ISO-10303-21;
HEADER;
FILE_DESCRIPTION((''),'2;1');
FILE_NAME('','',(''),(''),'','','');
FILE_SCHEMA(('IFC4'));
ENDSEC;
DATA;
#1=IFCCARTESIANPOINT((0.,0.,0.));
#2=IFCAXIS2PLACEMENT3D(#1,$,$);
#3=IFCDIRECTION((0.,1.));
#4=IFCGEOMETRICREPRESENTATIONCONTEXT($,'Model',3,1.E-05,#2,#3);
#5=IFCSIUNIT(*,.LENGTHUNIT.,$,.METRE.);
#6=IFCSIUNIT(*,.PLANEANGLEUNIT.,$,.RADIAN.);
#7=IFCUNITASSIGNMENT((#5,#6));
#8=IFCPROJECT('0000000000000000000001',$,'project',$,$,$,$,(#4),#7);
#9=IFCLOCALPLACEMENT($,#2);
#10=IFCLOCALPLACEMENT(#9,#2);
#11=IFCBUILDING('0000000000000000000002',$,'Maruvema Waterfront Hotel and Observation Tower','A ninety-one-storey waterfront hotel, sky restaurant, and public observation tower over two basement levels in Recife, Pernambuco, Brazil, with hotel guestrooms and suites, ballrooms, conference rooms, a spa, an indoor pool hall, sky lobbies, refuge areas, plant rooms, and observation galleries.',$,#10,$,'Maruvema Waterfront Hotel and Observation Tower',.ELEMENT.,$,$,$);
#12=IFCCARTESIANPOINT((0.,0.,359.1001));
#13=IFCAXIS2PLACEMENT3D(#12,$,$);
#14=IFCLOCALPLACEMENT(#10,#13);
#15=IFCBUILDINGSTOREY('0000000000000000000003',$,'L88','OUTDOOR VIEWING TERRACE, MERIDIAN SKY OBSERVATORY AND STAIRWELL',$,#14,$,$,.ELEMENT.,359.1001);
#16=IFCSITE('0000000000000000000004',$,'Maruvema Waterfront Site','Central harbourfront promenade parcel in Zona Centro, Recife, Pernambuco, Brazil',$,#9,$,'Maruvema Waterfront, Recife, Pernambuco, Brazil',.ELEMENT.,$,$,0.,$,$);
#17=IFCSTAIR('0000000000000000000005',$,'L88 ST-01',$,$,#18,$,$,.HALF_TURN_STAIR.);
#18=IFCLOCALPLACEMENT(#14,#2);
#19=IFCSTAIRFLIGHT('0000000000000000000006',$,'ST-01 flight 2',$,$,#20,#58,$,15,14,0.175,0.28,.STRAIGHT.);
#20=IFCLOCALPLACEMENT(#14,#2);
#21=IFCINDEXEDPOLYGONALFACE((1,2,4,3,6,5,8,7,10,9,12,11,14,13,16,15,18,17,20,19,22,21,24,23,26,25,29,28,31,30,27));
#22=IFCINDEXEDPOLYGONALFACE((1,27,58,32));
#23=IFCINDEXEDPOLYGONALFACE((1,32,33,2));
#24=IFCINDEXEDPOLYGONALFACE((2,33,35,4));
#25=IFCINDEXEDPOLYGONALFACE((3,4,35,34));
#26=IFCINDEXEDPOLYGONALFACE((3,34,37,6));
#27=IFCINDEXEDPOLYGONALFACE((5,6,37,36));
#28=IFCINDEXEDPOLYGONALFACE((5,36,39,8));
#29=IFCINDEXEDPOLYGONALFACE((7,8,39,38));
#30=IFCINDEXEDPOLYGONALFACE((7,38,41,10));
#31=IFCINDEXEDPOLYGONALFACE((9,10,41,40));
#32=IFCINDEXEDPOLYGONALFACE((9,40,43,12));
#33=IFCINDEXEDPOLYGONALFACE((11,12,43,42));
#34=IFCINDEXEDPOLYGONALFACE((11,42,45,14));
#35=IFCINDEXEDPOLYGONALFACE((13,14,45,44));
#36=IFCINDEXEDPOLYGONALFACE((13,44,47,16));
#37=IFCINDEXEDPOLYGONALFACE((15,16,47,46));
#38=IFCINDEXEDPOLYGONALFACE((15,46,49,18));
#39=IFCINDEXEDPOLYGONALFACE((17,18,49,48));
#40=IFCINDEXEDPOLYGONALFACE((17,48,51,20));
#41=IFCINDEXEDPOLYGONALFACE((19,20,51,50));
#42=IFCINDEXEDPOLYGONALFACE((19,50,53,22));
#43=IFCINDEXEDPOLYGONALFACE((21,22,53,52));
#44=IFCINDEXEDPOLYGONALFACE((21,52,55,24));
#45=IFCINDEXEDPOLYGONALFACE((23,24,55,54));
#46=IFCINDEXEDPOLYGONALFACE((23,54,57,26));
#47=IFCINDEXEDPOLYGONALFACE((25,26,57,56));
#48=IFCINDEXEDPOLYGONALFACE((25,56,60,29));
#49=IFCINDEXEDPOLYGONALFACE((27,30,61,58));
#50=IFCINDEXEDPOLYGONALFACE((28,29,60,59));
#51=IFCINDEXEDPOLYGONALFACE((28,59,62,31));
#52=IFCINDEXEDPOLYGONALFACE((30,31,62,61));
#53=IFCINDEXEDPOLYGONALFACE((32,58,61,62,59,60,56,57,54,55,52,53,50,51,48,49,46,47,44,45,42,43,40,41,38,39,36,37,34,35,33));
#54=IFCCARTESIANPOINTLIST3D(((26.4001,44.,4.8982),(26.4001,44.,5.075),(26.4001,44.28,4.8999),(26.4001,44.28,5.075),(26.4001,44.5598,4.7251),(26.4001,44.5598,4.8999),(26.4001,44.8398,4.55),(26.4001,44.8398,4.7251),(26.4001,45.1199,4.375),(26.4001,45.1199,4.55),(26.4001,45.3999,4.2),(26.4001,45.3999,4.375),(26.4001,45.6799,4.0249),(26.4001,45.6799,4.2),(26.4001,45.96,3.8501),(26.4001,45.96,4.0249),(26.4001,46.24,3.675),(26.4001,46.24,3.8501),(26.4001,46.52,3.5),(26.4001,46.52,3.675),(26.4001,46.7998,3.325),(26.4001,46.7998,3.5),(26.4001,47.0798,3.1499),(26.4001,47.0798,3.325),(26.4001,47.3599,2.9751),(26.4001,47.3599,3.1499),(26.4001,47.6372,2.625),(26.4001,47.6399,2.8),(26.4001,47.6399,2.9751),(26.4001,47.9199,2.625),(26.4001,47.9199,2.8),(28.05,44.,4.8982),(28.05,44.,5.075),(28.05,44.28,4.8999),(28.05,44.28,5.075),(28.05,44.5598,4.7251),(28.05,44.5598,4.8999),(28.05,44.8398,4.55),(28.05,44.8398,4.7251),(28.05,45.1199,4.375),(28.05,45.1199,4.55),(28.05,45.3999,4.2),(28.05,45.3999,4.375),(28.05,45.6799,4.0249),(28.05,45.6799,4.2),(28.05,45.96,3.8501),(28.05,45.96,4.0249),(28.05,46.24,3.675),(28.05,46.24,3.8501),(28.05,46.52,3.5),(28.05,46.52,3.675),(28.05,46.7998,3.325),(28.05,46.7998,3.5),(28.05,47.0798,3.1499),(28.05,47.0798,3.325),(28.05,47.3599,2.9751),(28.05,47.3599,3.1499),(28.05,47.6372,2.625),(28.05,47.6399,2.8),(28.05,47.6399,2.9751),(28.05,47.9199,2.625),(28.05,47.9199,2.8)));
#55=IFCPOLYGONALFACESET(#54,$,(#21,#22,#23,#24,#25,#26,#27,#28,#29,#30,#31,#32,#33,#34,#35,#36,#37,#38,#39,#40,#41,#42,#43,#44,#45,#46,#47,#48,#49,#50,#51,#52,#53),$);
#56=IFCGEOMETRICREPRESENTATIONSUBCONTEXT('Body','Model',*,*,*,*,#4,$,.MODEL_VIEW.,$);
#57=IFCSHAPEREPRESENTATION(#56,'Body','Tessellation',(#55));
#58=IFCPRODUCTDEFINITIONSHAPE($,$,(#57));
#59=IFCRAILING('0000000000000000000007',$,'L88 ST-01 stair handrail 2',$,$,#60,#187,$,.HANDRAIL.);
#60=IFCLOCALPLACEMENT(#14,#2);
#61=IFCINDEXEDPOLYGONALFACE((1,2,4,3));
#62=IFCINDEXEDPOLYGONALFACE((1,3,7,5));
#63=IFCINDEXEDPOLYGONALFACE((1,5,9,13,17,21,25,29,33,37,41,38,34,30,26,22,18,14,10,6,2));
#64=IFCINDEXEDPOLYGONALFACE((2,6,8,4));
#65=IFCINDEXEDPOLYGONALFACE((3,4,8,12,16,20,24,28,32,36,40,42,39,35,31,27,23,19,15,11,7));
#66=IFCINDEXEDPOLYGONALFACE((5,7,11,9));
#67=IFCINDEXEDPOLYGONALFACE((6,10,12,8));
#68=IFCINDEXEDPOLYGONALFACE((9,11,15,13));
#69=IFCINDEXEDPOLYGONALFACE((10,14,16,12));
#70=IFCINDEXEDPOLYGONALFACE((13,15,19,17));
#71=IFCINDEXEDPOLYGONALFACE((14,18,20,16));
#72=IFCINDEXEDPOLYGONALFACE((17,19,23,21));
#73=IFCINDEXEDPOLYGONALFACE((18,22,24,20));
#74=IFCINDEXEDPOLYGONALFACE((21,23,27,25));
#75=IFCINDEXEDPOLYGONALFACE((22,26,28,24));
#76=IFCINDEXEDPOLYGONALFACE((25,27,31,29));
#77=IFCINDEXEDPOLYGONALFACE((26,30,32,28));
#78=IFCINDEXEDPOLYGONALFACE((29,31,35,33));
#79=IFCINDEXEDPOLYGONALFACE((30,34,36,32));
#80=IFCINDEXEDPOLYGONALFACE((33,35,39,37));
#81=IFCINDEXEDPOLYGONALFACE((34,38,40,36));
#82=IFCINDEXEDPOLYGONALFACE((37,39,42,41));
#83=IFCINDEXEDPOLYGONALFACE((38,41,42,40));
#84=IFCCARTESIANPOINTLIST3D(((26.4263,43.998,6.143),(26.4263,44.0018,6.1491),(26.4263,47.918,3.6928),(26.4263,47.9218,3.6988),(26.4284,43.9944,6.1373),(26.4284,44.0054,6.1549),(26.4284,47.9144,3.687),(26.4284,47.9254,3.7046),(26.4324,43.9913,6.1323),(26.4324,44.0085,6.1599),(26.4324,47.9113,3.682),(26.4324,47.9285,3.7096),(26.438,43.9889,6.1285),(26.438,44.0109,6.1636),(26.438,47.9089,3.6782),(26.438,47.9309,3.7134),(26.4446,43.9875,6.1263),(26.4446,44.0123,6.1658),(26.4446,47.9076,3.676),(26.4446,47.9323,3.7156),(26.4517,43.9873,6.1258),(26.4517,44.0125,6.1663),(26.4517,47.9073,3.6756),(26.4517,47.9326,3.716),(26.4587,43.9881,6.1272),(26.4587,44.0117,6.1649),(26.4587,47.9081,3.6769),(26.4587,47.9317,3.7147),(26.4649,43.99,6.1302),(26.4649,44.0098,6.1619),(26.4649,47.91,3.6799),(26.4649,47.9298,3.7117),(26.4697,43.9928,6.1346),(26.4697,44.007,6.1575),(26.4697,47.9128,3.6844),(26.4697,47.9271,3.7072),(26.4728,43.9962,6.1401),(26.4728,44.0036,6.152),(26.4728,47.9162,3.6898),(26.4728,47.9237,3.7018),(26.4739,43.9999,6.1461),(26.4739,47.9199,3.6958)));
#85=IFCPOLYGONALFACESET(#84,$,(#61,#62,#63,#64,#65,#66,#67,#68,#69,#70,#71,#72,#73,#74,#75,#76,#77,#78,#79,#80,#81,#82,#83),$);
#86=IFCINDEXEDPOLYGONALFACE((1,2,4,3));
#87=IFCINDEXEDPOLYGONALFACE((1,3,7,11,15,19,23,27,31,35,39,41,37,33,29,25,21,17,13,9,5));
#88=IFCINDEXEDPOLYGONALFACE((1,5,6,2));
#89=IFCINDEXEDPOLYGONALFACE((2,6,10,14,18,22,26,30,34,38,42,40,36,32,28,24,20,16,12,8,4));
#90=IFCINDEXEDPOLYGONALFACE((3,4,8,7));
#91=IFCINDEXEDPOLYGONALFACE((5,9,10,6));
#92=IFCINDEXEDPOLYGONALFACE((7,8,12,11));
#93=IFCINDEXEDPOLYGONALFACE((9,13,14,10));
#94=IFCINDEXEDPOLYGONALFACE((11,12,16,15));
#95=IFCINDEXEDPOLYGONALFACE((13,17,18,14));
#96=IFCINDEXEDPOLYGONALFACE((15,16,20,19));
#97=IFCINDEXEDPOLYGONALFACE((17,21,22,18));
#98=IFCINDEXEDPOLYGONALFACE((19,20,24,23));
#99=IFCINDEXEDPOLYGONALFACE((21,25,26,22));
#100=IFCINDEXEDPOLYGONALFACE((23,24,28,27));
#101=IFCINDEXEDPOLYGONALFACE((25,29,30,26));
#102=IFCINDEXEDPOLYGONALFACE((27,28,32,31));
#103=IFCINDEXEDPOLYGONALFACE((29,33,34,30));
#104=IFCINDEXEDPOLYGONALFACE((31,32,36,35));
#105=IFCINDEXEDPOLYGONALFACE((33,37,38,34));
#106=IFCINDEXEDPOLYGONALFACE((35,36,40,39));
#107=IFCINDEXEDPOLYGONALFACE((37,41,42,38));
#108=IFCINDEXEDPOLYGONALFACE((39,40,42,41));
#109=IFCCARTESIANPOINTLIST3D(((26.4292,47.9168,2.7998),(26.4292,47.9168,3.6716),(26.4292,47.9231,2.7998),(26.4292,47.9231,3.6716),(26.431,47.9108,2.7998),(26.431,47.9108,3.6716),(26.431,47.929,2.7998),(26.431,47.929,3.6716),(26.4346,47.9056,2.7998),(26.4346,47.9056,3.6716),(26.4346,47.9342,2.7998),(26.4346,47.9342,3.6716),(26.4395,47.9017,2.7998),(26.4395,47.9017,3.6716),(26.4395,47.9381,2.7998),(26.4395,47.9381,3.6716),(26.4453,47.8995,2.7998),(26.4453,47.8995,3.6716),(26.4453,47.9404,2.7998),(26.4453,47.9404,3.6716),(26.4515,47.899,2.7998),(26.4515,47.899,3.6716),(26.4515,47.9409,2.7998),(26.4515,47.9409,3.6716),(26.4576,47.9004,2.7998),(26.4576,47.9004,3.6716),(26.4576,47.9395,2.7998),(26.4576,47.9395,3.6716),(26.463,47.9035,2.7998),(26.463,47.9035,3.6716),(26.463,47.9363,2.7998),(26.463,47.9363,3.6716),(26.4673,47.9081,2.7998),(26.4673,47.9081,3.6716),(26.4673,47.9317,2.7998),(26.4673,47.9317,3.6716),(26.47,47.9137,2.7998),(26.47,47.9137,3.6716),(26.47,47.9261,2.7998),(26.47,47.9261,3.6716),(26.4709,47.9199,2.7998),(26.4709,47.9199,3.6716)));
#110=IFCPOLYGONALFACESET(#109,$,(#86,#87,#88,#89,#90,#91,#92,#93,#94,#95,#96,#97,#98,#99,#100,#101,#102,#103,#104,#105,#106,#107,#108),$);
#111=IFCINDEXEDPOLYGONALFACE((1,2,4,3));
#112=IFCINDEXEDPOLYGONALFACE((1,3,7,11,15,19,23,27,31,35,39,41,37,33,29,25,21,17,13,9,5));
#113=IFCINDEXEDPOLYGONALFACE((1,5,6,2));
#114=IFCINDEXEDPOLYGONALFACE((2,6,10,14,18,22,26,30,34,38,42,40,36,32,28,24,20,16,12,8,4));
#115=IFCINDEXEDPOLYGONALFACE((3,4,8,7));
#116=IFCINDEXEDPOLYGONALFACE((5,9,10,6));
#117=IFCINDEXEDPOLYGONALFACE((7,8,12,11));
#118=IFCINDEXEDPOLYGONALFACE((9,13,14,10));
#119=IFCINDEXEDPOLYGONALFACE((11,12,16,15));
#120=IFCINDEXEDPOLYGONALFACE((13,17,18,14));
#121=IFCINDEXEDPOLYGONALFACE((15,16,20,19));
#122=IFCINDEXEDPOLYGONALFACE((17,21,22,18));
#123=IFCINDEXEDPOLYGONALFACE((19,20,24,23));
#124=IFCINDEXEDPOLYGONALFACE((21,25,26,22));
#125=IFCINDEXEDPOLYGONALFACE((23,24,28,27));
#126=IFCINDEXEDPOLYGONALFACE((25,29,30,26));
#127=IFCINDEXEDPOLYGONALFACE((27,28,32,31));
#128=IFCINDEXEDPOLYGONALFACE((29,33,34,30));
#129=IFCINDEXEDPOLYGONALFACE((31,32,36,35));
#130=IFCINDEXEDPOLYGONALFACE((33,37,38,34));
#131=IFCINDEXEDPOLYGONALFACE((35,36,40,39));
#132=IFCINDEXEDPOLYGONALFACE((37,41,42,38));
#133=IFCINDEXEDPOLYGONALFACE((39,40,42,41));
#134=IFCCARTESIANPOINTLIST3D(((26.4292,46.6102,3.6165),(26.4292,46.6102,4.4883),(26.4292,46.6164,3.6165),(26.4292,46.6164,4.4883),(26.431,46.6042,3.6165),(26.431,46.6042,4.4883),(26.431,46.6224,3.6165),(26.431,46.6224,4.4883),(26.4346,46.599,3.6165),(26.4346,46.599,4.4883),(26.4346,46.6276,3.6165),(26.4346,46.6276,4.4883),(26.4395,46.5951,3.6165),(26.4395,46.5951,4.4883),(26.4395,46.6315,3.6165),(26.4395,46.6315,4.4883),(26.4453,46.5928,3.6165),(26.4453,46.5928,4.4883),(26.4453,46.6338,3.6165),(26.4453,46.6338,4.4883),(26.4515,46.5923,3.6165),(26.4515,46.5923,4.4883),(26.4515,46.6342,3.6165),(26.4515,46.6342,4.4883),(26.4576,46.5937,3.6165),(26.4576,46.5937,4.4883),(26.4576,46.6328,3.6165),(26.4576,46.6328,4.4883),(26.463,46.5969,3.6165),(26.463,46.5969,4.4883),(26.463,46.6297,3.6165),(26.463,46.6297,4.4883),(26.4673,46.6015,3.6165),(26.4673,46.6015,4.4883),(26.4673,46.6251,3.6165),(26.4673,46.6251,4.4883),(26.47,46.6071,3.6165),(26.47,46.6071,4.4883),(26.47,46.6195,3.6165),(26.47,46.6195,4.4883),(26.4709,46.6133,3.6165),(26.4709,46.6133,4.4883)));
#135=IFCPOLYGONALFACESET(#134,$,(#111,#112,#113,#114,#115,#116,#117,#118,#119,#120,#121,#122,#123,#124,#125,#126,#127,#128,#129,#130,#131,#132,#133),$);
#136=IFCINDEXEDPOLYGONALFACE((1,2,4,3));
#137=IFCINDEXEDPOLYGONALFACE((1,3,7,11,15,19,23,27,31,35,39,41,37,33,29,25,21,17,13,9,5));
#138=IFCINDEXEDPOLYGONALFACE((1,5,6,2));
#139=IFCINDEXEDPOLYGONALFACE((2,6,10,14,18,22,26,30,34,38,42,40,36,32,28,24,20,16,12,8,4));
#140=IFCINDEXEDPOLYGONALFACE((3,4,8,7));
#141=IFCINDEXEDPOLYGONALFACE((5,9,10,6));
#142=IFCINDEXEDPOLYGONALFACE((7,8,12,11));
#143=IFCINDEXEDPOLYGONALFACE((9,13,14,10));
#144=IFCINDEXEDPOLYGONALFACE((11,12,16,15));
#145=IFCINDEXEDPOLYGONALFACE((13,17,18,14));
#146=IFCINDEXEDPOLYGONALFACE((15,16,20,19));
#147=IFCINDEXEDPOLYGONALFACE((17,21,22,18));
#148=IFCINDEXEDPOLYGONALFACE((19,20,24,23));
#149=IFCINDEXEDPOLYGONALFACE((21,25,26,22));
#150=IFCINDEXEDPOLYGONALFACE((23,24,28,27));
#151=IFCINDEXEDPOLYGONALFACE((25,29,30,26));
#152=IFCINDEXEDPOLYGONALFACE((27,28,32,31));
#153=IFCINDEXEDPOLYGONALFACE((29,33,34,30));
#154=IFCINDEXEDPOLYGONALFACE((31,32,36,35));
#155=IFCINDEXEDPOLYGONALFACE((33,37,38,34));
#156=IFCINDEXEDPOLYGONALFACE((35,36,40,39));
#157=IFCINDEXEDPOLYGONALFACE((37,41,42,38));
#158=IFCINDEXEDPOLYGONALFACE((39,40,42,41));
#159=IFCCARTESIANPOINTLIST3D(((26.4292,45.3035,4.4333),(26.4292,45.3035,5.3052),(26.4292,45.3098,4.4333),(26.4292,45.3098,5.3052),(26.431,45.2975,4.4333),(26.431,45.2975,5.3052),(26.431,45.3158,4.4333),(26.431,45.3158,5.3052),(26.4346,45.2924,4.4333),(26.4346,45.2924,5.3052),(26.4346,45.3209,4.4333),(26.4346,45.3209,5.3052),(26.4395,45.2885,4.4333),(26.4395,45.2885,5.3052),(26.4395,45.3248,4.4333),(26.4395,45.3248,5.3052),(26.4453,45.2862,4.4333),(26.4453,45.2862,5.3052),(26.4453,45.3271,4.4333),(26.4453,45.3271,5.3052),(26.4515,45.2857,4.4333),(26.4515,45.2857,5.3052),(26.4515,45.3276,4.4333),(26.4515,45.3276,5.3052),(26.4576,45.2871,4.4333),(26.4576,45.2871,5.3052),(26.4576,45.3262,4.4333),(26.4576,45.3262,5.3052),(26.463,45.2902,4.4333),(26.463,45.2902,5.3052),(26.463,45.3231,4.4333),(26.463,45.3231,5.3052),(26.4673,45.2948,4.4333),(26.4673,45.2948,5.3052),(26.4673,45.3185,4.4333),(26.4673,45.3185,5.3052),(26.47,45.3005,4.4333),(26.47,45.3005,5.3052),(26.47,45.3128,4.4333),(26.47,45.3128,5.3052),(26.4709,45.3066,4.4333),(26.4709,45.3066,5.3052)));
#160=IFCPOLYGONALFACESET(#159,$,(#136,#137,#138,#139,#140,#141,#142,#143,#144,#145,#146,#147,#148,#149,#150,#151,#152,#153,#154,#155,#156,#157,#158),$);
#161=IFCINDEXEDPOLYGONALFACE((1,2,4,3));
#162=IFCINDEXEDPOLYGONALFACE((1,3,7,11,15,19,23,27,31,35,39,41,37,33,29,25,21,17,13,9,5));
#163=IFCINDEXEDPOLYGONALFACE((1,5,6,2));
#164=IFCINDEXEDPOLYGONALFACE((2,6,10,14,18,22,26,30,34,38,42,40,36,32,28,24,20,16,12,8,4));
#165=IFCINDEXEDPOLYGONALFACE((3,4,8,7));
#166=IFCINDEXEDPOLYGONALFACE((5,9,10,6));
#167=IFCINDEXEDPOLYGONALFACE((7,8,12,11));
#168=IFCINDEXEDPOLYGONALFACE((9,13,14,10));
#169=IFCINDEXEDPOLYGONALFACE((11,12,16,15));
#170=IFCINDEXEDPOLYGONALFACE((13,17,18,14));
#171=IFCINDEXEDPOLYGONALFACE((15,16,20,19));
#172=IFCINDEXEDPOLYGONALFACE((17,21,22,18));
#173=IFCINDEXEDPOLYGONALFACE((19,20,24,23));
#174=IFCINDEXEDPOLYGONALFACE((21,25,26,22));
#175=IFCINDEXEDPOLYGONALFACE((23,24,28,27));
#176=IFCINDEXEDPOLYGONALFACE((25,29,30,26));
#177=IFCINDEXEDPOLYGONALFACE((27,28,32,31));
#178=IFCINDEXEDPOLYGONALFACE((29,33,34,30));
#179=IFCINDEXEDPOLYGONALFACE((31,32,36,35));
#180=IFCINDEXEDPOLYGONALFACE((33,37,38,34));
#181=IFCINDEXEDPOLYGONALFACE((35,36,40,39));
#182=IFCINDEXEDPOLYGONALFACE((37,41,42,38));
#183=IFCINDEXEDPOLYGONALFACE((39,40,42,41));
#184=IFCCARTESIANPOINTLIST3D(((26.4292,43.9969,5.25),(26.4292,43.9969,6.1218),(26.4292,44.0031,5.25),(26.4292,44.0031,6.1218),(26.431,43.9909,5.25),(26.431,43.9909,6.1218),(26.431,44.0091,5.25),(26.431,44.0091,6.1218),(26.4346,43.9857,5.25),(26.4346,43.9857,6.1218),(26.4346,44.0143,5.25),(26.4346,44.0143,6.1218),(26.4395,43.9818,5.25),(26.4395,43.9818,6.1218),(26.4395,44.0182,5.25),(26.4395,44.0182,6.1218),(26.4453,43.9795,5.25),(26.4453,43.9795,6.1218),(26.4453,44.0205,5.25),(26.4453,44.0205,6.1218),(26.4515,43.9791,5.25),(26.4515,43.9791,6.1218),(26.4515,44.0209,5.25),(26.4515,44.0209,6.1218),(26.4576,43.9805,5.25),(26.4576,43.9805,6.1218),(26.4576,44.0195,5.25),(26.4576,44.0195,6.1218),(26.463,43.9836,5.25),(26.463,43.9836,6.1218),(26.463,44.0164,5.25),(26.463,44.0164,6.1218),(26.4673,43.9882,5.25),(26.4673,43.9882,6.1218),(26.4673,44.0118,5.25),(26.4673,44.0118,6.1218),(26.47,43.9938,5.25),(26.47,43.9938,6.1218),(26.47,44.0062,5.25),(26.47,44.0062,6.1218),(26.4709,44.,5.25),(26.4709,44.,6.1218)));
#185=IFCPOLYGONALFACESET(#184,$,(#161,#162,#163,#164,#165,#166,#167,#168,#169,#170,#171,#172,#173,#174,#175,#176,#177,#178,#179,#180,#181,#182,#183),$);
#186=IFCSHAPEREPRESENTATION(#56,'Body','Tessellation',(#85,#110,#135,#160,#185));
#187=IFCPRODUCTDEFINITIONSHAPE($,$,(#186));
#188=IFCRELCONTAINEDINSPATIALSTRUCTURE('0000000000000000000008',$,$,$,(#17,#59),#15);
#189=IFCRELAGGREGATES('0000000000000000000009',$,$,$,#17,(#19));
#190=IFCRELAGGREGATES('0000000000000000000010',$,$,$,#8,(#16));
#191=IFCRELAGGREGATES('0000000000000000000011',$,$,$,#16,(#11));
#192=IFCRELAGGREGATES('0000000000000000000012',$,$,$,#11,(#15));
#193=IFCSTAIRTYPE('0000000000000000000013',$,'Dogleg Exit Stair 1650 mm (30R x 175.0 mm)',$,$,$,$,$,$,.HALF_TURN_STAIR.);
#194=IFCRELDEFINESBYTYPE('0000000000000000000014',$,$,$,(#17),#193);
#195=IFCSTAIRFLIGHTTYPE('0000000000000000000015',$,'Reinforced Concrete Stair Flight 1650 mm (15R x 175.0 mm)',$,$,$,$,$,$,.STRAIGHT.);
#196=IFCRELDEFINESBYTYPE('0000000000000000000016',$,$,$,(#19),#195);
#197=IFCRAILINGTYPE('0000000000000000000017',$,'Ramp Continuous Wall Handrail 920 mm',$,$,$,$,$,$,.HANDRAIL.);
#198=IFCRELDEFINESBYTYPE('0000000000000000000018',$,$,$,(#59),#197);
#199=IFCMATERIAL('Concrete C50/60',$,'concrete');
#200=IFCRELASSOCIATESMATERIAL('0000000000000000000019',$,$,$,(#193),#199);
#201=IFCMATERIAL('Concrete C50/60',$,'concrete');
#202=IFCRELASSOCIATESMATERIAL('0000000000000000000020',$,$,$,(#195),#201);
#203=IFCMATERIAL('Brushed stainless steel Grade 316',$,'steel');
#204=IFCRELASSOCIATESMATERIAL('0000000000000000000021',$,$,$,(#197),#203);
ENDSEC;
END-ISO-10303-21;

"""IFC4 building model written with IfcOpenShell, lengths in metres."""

from ifc_helpers import new_model, si_unit, direction, frame, origin, origin_2d, place, context, subcontext, project, spatial, polyline, circle, outline, extrude, material, type_object, element, aggregate, save


model = new_model("IFC4")

# Units and contexts
model_context = context("Model", 3, precision=1e-05, world=origin(), true_north=direction((0.0, 1.0)))
body_context = subcontext(model_context, "Body", "Model", "MODEL_VIEW")
ifc_project = project(units=[si_unit("LENGTHUNIT", "METRE"), si_unit("PLANEANGLEUNIT", "RADIAN")], contexts=[model_context])

# Site, building, storey
site_placement = place(None, origin())
site = spatial("IfcSite", under=ifc_project, at=site_placement, Name="Maruvema Waterfront Site", Description="Central harbourfront promenade parcel in Zona Centro, Recife, Pernambuco, Brazil", LongName="Maruvema Waterfront, Recife, Pernambuco, Brazil", CompositionType="ELEMENT", RefElevation=0.0)
building_placement = place(site_placement, origin())
building = spatial("IfcBuilding", under=site, at=building_placement, Name="Maruvema Waterfront Hotel and Observation Tower", Description="A ninety-one-storey waterfront hotel, sky restaurant, and public observation tower over two basement levels in Recife, Pernambuco, Brazil, with hotel guestrooms and suites, ballrooms, conference rooms, a spa, an indoor pool hall, sky lobbies, refuge areas, plant rooms, and observation galleries.", LongName="Maruvema Waterfront Hotel and Observation Tower", CompositionType="ELEMENT")
storey_placement = place(building_placement, frame((0.0, 0.0, 359.1001)))
storey = spatial("IfcBuildingStorey", under=building, at=storey_placement, Name="L88", Description="OUTDOOR VIEWING TERRACE, MERIDIAN SKY OBSERVATORY AND STAIRWELL", CompositionType="ELEMENT", Elevation=359.1001)

# Stair, stair flight
ifc_material_1 = material(Name="Concrete C50/60", Category="concrete")
stair_type = type_object("IfcStairType", Name="Dogleg Exit Stair 1650 mm (30R x 175.0 mm)", PredefinedType="HALF_TURN_STAIR", material=ifc_material_1)
stair_placement = place(storey_placement, origin())
stair = element("IfcStair", 1, at=stair_placement, inside=storey, type_object=stair_type, Name="L88 ST-01", PredefinedType="HALF_TURN_STAIR")
ifc_material_2 = material(Name="Concrete C50/60", Category="concrete")
stair_flight_type = type_object("IfcStairFlightType", Name="Reinforced Concrete Stair Flight 1650 mm (15R x 175.0 mm)", PredefinedType="STRAIGHT", material=ifc_material_2)
stair_flight_placement = place(storey_placement, frame((27.2251, 47.9199, 2.625), z_axis=(0.0, 0.0, 1.0), x_axis=(0.0, -1.0, 0.0)))
stair_flight = element("IfcStairFlight", 2, at=stair_flight_placement, type_object=stair_flight_type, Name="ST-01 flight 2", NumberOfRisers=15, NumberOfTreads=14, PredefinedType="STRAIGHT", RiserHeight=0.175, TreadLength=0.28, context=body_context, shape_type="SweptSolid", body=[
    extrude(outline(polyline([(0.0, 0.0), (0.0, 0.175), (0.28, 0.175), (0.28, 0.3501), (0.5601, 0.3501), (0.5601, 0.5249), (0.8401, 0.5249), (0.8401, 0.7), (1.1201, 0.7), (1.1201, 0.875), (1.3999, 0.875), (1.3999, 1.05), (1.6799, 1.05), (1.6799, 1.2251), (1.96, 1.2251), (1.96, 1.3999), (2.24, 1.3999), (2.24, 1.575), (2.52, 1.575), (2.52, 1.75), (2.8, 1.75), (2.8, 1.925), (3.0801, 1.925), (3.0801, 2.1001), (3.3601, 2.1001), (3.3601, 2.2749), (3.6399, 2.2749), (3.6399, 2.45), (3.9199, 2.45), (3.9199, 2.625), (3.9199, 2.2732), (0.2827, 0.0), (0.0, 0.0)])), frame((0.0, 0.825, 0.0), z_axis=(0.0, -1.0, 0.0), x_axis=(1.0, 0.0, 0.0)), (0.0, 0.0, 1.0), 1.6499),
])
aggregate(stair, [stair_flight])

# Railing
ifc_material_3 = material(Name="Brushed stainless steel Grade 316", Category="steel")
railing_type_1 = type_object("IfcRailingType", Name="Ramp Continuous Wall Handrail 920 mm", PredefinedType="HANDRAIL", material=ifc_material_3)
railing_1_placement = place(storey_placement, frame((26.45, 47.9199, 2.7998)))
element("IfcRailing", 3, at=railing_1_placement, inside=storey, type_object=railing_type_1, Name="L88 ST-01 stair handrail 2", PredefinedType="HANDRAIL", context=body_context, shape_type="SweptSolid", body=[
    extrude(circle(Radius=0.0239, at=origin_2d()), frame((0.0, 0.0, 0.896), z_axis=(0.0, -0.847975, 0.530037), x_axis=(1.0, 0.0, 0.0)), (0.0, 0.0, 1.0), 4.6228),
    extrude(circle(Radius=0.021, at=origin_2d()), origin(), (0.0, 0.0, 1.0), 0.8718),
    extrude(circle(Radius=0.021, at=origin_2d()), frame((0.0, -1.3066, 0.8167)), (0.0, 0.0, 1.0), 0.8718),
    extrude(circle(Radius=0.021, at=origin_2d()), frame((0.0, -2.6133, 1.6335)), (0.0, 0.0, 1.0), 0.8718),
    extrude(circle(Radius=0.021, at=origin_2d()), frame((0.0, -3.9199, 2.4502)), (0.0, 0.0, 1.0), 0.8718),
])

save(model, "model.ifc")
